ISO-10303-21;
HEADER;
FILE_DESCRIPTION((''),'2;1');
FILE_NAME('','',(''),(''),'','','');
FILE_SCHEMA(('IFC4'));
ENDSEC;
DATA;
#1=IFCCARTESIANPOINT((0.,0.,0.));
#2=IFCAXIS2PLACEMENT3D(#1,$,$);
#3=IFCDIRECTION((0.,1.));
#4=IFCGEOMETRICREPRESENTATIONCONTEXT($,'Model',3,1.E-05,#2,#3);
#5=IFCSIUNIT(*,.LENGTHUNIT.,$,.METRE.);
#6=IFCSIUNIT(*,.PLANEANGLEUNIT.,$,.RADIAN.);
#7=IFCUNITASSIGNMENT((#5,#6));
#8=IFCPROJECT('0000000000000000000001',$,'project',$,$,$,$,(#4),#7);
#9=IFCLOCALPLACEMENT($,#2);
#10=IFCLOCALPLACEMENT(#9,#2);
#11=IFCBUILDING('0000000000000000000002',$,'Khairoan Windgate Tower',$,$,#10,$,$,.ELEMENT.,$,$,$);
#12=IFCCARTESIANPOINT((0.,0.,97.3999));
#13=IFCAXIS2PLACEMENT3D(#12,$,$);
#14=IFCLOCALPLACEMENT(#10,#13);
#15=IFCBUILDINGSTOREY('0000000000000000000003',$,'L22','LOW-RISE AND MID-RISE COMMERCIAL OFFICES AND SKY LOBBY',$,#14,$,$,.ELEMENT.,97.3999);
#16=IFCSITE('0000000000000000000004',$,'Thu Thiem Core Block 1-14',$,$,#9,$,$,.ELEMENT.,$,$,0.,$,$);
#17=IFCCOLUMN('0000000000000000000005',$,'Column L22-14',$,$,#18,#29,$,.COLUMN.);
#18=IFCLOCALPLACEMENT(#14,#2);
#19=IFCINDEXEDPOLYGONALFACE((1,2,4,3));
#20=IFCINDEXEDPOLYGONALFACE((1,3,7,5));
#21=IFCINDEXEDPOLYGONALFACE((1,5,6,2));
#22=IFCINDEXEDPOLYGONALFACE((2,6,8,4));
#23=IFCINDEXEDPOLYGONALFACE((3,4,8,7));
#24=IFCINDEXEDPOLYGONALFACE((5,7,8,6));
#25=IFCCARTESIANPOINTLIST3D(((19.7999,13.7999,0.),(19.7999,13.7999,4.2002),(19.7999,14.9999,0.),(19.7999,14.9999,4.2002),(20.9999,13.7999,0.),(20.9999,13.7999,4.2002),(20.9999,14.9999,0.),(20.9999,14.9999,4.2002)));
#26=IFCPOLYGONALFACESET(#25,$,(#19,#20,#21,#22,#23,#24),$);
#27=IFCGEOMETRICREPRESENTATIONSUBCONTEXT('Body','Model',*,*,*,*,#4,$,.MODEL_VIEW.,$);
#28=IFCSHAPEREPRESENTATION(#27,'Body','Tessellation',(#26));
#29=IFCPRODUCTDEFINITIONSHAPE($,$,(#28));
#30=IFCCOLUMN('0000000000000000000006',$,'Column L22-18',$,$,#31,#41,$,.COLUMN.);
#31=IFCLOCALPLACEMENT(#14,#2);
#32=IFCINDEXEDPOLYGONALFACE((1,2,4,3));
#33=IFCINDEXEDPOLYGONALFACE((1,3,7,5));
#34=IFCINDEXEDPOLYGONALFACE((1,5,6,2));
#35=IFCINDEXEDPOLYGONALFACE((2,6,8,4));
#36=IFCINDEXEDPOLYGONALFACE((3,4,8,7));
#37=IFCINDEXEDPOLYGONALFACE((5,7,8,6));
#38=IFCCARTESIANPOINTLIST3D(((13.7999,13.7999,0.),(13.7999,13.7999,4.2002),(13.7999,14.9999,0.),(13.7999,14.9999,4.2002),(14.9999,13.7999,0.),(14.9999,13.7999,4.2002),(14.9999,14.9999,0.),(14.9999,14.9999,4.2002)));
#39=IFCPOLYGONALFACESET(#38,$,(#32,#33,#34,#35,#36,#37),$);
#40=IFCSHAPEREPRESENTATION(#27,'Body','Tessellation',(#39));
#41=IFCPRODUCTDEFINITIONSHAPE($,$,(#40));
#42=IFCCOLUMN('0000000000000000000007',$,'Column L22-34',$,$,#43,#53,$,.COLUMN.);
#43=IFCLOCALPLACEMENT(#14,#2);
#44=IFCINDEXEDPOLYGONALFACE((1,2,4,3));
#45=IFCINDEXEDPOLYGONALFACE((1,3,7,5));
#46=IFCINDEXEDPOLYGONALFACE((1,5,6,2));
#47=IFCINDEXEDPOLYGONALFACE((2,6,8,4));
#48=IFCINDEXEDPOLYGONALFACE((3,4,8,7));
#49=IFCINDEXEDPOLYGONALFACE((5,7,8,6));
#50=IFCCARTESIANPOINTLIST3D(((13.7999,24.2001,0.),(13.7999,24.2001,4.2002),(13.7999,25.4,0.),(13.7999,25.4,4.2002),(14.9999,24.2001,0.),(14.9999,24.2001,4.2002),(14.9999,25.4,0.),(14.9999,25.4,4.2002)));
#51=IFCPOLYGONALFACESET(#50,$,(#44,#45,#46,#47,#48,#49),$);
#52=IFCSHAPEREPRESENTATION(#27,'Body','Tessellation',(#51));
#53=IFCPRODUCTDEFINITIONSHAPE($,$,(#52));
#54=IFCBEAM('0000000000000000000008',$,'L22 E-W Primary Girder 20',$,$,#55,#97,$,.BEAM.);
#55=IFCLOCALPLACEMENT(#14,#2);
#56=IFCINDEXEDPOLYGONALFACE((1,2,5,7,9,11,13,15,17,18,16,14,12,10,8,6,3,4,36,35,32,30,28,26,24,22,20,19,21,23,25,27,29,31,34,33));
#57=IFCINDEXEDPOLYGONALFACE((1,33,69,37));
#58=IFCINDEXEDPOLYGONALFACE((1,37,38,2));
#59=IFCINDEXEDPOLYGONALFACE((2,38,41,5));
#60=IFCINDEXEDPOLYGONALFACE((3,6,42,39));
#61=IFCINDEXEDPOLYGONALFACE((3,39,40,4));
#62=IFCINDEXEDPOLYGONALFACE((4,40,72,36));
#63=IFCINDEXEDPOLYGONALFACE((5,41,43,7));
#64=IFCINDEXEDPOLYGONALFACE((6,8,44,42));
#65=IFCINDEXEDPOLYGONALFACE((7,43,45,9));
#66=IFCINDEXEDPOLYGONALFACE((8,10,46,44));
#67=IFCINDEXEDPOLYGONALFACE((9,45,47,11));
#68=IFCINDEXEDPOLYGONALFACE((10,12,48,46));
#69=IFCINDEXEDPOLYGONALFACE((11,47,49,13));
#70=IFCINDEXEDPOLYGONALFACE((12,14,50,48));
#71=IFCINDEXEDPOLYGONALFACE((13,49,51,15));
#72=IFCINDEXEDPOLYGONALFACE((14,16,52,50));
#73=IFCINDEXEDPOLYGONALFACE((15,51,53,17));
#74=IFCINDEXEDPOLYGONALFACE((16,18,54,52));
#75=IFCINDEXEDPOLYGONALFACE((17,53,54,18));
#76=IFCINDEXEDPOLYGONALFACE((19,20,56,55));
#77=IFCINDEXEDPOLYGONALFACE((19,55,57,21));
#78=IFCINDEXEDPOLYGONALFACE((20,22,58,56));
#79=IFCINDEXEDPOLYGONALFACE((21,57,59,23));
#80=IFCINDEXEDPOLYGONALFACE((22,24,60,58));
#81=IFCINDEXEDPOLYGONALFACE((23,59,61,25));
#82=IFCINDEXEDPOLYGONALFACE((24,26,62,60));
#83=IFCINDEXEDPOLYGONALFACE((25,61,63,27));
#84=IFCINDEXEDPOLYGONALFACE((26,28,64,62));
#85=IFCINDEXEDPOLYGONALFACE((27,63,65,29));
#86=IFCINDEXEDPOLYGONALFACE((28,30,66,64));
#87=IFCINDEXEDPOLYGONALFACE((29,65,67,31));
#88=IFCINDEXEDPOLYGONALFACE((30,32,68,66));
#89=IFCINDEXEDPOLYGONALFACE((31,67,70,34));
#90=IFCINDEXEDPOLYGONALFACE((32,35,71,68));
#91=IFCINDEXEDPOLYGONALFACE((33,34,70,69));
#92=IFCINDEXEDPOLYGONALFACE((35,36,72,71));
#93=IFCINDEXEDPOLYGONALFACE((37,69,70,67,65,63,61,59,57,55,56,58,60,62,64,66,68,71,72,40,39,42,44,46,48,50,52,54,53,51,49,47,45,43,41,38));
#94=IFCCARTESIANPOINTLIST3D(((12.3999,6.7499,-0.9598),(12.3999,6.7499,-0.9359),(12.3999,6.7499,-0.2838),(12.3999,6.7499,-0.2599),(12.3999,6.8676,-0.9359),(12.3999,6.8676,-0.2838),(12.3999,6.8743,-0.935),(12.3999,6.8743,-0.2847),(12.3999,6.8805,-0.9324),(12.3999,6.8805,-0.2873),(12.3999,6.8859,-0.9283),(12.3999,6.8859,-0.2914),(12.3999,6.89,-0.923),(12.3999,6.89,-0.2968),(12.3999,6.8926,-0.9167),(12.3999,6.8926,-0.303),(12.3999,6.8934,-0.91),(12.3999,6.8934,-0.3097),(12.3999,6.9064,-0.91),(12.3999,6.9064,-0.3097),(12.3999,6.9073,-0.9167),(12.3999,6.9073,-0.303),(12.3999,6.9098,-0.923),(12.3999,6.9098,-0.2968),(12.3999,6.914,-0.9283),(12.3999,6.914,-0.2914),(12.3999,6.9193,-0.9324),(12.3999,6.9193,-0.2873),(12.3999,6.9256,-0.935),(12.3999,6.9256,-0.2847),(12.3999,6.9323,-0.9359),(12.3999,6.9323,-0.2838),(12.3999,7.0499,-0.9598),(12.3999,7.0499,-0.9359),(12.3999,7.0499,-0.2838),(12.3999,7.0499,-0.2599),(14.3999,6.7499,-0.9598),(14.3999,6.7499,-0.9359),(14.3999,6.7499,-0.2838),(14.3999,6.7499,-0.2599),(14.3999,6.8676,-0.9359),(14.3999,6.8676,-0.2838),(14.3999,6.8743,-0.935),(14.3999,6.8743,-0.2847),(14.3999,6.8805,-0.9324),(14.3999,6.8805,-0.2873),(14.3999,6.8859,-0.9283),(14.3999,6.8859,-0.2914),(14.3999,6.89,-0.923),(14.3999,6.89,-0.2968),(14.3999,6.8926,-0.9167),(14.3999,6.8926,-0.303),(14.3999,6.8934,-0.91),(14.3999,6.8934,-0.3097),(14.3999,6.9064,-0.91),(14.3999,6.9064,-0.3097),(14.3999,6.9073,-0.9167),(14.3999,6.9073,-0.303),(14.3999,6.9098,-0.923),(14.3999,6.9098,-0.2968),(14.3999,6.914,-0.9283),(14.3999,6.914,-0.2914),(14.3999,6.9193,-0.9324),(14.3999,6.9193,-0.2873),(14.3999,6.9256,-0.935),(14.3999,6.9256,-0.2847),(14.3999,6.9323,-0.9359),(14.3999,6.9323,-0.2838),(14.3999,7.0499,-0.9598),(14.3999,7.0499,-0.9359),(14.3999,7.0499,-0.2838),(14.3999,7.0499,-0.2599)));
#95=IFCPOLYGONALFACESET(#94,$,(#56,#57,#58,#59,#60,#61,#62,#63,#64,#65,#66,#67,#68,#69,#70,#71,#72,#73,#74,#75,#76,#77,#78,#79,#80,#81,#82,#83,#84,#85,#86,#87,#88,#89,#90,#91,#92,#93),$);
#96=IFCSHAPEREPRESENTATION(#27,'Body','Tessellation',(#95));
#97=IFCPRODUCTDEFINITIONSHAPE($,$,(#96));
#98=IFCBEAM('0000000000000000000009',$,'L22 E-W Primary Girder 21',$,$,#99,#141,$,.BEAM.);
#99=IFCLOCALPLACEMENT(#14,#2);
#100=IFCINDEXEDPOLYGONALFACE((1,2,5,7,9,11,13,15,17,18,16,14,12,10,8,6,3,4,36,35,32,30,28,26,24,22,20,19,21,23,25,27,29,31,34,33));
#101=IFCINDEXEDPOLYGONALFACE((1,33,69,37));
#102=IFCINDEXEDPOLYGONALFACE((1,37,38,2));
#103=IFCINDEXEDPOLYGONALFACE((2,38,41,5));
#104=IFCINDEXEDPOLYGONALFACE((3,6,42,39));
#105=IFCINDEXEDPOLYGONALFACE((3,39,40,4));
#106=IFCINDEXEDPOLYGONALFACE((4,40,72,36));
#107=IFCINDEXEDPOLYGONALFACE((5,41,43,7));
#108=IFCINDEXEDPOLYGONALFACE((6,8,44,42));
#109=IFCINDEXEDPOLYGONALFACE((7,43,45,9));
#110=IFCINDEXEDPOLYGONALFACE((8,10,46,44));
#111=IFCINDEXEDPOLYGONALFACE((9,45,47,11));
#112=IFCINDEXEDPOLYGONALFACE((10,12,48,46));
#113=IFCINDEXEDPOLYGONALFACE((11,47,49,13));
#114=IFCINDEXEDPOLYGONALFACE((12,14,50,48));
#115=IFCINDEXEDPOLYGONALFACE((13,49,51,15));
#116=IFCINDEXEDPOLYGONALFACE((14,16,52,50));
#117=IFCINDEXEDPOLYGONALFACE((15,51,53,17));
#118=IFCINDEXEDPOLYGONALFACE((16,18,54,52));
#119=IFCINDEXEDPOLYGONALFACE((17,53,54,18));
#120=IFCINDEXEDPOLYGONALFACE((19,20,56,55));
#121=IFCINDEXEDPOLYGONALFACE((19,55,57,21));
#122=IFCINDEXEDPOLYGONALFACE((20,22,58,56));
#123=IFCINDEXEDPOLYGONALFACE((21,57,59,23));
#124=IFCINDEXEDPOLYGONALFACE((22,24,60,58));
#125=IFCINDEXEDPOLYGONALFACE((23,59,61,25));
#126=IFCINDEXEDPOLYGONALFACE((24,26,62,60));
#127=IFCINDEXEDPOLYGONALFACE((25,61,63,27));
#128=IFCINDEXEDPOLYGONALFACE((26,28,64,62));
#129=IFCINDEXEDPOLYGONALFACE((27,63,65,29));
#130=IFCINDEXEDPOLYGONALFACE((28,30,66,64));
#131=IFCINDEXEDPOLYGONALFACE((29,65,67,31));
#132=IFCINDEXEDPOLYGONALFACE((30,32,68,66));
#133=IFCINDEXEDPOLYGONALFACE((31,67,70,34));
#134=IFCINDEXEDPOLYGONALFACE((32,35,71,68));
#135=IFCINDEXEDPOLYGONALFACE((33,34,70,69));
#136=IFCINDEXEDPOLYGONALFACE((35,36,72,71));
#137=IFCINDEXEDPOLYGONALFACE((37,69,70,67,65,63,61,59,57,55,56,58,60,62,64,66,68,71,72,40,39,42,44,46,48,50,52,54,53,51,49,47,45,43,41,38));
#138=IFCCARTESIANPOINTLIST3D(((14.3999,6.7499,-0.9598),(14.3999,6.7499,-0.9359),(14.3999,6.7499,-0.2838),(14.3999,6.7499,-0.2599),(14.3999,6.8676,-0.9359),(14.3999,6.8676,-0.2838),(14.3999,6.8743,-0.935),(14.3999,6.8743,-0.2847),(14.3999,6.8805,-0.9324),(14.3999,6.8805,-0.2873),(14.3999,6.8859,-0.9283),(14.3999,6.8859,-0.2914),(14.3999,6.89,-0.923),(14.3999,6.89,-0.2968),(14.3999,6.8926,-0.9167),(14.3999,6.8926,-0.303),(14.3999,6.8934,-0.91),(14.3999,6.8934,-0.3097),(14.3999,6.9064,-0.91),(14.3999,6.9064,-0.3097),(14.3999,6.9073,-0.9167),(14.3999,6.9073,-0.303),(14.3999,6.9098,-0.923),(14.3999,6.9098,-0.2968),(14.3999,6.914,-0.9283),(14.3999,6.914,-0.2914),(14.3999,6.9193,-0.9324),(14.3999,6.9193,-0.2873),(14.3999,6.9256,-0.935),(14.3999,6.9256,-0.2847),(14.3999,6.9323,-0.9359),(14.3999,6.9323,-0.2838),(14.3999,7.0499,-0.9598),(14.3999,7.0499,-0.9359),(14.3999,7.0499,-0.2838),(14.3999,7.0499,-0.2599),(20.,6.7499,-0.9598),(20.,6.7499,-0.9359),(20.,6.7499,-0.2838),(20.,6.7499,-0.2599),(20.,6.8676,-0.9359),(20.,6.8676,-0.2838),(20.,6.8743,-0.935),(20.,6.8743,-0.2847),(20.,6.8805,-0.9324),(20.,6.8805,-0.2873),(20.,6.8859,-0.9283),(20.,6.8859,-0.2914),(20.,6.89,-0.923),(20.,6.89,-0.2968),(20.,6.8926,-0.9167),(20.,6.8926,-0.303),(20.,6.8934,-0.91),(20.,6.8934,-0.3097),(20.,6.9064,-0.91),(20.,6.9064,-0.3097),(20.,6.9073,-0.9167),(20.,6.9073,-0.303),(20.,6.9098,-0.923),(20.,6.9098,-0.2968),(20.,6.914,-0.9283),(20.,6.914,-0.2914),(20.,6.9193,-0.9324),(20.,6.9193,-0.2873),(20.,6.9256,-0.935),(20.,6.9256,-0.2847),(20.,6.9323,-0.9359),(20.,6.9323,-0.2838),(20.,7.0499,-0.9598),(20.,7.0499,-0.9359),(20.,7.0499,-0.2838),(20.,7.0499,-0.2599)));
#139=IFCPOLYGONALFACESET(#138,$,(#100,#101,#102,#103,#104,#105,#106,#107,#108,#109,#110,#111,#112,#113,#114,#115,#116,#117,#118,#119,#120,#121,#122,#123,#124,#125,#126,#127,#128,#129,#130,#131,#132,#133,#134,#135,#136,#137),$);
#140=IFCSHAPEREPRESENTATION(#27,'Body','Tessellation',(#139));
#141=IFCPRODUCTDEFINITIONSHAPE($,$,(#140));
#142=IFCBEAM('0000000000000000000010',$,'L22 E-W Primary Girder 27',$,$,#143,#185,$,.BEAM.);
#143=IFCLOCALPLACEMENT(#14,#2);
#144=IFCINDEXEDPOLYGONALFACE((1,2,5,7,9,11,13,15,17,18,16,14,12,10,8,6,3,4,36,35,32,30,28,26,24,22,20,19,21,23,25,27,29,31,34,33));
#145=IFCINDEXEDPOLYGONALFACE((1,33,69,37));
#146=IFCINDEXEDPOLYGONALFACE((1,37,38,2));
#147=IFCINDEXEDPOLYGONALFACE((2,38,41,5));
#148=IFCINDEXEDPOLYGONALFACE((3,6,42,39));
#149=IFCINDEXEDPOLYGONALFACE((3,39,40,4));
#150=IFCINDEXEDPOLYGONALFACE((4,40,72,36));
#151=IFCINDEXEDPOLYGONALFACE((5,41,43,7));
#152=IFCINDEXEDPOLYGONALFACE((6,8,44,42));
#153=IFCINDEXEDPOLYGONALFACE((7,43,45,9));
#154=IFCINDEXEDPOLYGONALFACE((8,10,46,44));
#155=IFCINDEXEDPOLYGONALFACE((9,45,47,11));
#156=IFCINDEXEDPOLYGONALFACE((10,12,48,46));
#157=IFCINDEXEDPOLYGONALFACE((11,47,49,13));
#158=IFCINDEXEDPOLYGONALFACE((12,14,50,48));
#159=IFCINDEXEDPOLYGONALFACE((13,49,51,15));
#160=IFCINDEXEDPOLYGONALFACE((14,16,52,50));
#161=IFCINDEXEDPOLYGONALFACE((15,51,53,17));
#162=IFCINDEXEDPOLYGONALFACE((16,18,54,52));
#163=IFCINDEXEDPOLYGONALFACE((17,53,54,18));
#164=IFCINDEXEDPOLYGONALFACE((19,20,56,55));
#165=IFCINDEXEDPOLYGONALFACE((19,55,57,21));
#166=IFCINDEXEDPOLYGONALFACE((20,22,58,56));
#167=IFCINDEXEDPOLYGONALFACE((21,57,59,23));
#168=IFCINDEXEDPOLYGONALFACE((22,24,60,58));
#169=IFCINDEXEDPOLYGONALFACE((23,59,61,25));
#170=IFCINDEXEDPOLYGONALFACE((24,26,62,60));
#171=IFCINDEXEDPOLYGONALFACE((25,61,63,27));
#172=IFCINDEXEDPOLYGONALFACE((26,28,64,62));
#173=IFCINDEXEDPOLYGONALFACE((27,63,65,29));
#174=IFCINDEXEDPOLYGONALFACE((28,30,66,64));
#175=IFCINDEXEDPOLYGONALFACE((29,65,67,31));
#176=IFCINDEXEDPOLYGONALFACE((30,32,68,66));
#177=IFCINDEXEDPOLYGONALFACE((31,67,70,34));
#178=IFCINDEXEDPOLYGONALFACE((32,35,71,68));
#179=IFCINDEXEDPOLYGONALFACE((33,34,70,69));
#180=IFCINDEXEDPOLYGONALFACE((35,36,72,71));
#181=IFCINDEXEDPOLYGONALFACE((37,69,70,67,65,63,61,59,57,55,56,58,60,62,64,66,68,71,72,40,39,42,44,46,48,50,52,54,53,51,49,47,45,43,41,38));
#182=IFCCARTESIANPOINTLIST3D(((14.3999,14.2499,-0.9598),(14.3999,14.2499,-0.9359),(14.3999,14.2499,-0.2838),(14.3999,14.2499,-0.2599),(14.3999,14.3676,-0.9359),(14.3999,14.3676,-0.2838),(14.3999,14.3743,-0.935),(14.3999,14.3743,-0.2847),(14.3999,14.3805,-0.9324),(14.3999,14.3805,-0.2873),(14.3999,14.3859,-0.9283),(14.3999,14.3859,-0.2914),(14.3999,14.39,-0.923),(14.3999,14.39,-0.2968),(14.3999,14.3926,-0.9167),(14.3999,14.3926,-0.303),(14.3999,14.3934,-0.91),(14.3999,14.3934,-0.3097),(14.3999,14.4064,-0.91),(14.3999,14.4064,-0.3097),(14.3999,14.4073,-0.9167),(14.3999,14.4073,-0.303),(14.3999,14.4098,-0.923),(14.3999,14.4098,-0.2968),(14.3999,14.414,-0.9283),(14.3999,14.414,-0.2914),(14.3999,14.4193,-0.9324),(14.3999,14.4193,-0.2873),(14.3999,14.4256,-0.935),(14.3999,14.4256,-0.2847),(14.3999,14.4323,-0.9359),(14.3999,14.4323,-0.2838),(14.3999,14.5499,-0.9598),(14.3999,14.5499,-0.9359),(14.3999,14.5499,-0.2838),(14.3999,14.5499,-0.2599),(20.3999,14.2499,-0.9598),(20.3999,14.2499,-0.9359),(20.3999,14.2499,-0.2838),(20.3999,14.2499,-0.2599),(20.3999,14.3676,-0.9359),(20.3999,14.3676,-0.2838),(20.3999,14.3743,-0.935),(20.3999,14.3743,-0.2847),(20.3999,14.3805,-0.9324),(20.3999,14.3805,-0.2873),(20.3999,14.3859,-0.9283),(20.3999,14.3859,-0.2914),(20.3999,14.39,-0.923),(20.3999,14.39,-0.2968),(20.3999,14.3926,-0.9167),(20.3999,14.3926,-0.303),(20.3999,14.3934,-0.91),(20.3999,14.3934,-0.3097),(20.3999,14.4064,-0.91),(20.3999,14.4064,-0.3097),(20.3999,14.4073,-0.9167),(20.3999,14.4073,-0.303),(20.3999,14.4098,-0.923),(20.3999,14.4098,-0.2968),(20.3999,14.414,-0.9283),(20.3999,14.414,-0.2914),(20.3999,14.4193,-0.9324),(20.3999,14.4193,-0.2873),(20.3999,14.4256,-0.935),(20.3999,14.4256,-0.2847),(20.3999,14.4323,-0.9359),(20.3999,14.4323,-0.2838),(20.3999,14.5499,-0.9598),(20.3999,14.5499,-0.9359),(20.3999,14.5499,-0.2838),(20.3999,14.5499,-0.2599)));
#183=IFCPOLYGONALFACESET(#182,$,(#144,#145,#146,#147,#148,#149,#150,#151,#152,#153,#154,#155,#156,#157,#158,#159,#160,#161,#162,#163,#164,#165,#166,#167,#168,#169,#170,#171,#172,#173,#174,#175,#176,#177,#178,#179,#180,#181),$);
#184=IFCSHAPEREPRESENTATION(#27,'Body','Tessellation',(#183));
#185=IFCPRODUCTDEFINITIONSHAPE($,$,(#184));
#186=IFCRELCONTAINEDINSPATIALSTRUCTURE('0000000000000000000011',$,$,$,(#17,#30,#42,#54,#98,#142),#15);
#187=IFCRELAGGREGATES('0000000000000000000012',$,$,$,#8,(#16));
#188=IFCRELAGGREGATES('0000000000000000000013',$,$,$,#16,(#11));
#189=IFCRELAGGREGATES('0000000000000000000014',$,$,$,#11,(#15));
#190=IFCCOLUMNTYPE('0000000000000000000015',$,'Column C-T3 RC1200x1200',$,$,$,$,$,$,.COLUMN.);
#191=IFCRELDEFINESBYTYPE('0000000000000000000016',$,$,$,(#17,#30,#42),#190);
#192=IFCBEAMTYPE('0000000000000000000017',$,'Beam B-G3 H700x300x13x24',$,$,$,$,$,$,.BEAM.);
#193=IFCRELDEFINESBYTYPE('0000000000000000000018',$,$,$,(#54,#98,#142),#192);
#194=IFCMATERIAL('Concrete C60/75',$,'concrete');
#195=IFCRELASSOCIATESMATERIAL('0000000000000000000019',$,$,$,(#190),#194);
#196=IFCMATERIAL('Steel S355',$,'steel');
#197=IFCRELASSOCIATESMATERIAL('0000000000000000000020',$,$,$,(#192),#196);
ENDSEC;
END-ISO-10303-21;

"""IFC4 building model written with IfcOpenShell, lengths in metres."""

from ifc_helpers import new_model, si_unit, direction, frame, origin, origin_2d, place, context, subcontext, project, spatial, rectangle, i_section, extrude, material, material_profile, profile_set, type_object, element, save


model = new_model("IFC4")

# Units and contexts
model_context = context("Model", 3, precision=1e-05, world=origin(), true_north=direction((0.0, 1.0)))
body_context = subcontext(model_context, "Body", "Model", "MODEL_VIEW")
ifc_project = project(units=[si_unit("LENGTHUNIT", "METRE"), si_unit("PLANEANGLEUNIT", "RADIAN")], contexts=[model_context])

# Site, building, storey
site_placement = place(None, origin())
site = spatial("IfcSite", under=ifc_project, at=site_placement, Name="Thu Thiem Core Block 1-14", CompositionType="ELEMENT", RefElevation=0.0)
building_placement = place(site_placement, origin())
building = spatial("IfcBuilding", under=site, at=building_placement, Name="Khairoan Windgate Tower", CompositionType="ELEMENT")
storey_placement = place(building_placement, frame((0.0, 0.0, 97.3999)))
storey = spatial("IfcBuildingStorey", under=building, at=storey_placement, Name="L22", Description="LOW-RISE AND MID-RISE COMMERCIAL OFFICES AND SKY LOBBY", CompositionType="ELEMENT", Elevation=97.3999)

# Columns
ifc_material_1 = material(Name="Concrete C60/75", Category="concrete")
ifc_material_profile_1 = material_profile(ifc_material_1, rectangle(XDim=1.2, YDim=1.2, at=origin_2d()))
ifc_profile_set_1 = profile_set([ifc_material_profile_1], Name="Concrete C60/75")
column_type = type_object("IfcColumnType", Name="Column C-T3 RC1200x1200", PredefinedType="COLUMN", material=ifc_profile_set_1)
for number, where, z_axis, x_axis, name in (
    (1, (20.3999, 14.3999, 0.0), (0.0, 0.0, 1.0), (1.0, 0.0, 0.0), "Column L22-14"),
    (2, (14.3999, 14.3999, 0.0), (0.0, 0.0, 1.0), (1.0, 0.0, 0.0), "Column L22-18"),
    (3, (14.3999, 24.8, 0.0), (0.0, 0.0, 1.0), (1.0, 0.0, 0.0), "Column L22-34"),
):
    element("IfcColumn", number, at=place(storey_placement, frame(where, z_axis=z_axis, x_axis=x_axis)), inside=storey, type_object=column_type, Name=name, PredefinedType="COLUMN", context=body_context, shape_type="SweptSolid", body=[
        extrude(rectangle(XDim=1.2, YDim=1.2, at=origin_2d()), origin(), (0.0, 0.0, 1.0), 4.2002),
    ])

# Beams
ifc_material_2 = material(Name="Steel S355", Category="steel")
ifc_material_profile_2 = material_profile(ifc_material_2, i_section(OverallWidth=0.3, OverallDepth=0.7, WebThickness=0.0129, FlangeThickness=0.0239, FilletRadius=0.0259, at=origin_2d()))
ifc_profile_set_2 = profile_set([ifc_material_profile_2], Name="Steel S355")
beam_type_1 = type_object("IfcBeamType", Name="Beam B-G3 H700x300x13x24", PredefinedType="BEAM", material=ifc_profile_set_2)
beam_1_placement = place(storey_placement, frame((12.3999, 6.8999, -0.6099), z_axis=(1.0, 0.0, 0.0), x_axis=(0.0, 1.0, 0.0)))
element("IfcBeam", 4, at=beam_1_placement, inside=storey, type_object=beam_type_1, Name="L22 E-W Primary Girder 20", PredefinedType="BEAM", context=body_context, shape_type="SweptSolid", body=[
    extrude(i_section(OverallWidth=0.3, OverallDepth=0.7, WebThickness=0.0129, FlangeThickness=0.0239, FilletRadius=0.0259, at=origin_2d()), origin(), (0.0, 0.0, 1.0), 2.0),
])
beam_2_placement = place(storey_placement, frame((14.3999, 6.8999, -0.6099), z_axis=(1.0, 0.0, 0.0), x_axis=(0.0, 1.0, 0.0)))
element("IfcBeam", 5, at=beam_2_placement, inside=storey, type_object=beam_type_1, Name="L22 E-W Primary Girder 21", PredefinedType="BEAM", context=body_context, shape_type="SweptSolid", body=[
    extrude(i_section(OverallWidth=0.3, OverallDepth=0.7, WebThickness=0.0129, FlangeThickness=0.0239, FilletRadius=0.0259, at=origin_2d()), origin(), (0.0, 0.0, 1.0), 5.6001),
])
beam_3_placement = place(storey_placement, frame((14.3999, 14.3999, -0.6099), z_axis=(1.0, 0.0, 0.0), x_axis=(0.0, 1.0, 0.0)))
element("IfcBeam", 6, at=beam_3_placement, inside=storey, type_object=beam_type_1, Name="L22 E-W Primary Girder 27", PredefinedType="BEAM", context=body_context, shape_type="SweptSolid", body=[
    extrude(i_section(OverallWidth=0.3, OverallDepth=0.7, WebThickness=0.0129, FlangeThickness=0.0239, FilletRadius=0.0259, at=origin_2d()), origin(), (0.0, 0.0, 1.0), 6.0),
])

save(model, "model.ifc")
